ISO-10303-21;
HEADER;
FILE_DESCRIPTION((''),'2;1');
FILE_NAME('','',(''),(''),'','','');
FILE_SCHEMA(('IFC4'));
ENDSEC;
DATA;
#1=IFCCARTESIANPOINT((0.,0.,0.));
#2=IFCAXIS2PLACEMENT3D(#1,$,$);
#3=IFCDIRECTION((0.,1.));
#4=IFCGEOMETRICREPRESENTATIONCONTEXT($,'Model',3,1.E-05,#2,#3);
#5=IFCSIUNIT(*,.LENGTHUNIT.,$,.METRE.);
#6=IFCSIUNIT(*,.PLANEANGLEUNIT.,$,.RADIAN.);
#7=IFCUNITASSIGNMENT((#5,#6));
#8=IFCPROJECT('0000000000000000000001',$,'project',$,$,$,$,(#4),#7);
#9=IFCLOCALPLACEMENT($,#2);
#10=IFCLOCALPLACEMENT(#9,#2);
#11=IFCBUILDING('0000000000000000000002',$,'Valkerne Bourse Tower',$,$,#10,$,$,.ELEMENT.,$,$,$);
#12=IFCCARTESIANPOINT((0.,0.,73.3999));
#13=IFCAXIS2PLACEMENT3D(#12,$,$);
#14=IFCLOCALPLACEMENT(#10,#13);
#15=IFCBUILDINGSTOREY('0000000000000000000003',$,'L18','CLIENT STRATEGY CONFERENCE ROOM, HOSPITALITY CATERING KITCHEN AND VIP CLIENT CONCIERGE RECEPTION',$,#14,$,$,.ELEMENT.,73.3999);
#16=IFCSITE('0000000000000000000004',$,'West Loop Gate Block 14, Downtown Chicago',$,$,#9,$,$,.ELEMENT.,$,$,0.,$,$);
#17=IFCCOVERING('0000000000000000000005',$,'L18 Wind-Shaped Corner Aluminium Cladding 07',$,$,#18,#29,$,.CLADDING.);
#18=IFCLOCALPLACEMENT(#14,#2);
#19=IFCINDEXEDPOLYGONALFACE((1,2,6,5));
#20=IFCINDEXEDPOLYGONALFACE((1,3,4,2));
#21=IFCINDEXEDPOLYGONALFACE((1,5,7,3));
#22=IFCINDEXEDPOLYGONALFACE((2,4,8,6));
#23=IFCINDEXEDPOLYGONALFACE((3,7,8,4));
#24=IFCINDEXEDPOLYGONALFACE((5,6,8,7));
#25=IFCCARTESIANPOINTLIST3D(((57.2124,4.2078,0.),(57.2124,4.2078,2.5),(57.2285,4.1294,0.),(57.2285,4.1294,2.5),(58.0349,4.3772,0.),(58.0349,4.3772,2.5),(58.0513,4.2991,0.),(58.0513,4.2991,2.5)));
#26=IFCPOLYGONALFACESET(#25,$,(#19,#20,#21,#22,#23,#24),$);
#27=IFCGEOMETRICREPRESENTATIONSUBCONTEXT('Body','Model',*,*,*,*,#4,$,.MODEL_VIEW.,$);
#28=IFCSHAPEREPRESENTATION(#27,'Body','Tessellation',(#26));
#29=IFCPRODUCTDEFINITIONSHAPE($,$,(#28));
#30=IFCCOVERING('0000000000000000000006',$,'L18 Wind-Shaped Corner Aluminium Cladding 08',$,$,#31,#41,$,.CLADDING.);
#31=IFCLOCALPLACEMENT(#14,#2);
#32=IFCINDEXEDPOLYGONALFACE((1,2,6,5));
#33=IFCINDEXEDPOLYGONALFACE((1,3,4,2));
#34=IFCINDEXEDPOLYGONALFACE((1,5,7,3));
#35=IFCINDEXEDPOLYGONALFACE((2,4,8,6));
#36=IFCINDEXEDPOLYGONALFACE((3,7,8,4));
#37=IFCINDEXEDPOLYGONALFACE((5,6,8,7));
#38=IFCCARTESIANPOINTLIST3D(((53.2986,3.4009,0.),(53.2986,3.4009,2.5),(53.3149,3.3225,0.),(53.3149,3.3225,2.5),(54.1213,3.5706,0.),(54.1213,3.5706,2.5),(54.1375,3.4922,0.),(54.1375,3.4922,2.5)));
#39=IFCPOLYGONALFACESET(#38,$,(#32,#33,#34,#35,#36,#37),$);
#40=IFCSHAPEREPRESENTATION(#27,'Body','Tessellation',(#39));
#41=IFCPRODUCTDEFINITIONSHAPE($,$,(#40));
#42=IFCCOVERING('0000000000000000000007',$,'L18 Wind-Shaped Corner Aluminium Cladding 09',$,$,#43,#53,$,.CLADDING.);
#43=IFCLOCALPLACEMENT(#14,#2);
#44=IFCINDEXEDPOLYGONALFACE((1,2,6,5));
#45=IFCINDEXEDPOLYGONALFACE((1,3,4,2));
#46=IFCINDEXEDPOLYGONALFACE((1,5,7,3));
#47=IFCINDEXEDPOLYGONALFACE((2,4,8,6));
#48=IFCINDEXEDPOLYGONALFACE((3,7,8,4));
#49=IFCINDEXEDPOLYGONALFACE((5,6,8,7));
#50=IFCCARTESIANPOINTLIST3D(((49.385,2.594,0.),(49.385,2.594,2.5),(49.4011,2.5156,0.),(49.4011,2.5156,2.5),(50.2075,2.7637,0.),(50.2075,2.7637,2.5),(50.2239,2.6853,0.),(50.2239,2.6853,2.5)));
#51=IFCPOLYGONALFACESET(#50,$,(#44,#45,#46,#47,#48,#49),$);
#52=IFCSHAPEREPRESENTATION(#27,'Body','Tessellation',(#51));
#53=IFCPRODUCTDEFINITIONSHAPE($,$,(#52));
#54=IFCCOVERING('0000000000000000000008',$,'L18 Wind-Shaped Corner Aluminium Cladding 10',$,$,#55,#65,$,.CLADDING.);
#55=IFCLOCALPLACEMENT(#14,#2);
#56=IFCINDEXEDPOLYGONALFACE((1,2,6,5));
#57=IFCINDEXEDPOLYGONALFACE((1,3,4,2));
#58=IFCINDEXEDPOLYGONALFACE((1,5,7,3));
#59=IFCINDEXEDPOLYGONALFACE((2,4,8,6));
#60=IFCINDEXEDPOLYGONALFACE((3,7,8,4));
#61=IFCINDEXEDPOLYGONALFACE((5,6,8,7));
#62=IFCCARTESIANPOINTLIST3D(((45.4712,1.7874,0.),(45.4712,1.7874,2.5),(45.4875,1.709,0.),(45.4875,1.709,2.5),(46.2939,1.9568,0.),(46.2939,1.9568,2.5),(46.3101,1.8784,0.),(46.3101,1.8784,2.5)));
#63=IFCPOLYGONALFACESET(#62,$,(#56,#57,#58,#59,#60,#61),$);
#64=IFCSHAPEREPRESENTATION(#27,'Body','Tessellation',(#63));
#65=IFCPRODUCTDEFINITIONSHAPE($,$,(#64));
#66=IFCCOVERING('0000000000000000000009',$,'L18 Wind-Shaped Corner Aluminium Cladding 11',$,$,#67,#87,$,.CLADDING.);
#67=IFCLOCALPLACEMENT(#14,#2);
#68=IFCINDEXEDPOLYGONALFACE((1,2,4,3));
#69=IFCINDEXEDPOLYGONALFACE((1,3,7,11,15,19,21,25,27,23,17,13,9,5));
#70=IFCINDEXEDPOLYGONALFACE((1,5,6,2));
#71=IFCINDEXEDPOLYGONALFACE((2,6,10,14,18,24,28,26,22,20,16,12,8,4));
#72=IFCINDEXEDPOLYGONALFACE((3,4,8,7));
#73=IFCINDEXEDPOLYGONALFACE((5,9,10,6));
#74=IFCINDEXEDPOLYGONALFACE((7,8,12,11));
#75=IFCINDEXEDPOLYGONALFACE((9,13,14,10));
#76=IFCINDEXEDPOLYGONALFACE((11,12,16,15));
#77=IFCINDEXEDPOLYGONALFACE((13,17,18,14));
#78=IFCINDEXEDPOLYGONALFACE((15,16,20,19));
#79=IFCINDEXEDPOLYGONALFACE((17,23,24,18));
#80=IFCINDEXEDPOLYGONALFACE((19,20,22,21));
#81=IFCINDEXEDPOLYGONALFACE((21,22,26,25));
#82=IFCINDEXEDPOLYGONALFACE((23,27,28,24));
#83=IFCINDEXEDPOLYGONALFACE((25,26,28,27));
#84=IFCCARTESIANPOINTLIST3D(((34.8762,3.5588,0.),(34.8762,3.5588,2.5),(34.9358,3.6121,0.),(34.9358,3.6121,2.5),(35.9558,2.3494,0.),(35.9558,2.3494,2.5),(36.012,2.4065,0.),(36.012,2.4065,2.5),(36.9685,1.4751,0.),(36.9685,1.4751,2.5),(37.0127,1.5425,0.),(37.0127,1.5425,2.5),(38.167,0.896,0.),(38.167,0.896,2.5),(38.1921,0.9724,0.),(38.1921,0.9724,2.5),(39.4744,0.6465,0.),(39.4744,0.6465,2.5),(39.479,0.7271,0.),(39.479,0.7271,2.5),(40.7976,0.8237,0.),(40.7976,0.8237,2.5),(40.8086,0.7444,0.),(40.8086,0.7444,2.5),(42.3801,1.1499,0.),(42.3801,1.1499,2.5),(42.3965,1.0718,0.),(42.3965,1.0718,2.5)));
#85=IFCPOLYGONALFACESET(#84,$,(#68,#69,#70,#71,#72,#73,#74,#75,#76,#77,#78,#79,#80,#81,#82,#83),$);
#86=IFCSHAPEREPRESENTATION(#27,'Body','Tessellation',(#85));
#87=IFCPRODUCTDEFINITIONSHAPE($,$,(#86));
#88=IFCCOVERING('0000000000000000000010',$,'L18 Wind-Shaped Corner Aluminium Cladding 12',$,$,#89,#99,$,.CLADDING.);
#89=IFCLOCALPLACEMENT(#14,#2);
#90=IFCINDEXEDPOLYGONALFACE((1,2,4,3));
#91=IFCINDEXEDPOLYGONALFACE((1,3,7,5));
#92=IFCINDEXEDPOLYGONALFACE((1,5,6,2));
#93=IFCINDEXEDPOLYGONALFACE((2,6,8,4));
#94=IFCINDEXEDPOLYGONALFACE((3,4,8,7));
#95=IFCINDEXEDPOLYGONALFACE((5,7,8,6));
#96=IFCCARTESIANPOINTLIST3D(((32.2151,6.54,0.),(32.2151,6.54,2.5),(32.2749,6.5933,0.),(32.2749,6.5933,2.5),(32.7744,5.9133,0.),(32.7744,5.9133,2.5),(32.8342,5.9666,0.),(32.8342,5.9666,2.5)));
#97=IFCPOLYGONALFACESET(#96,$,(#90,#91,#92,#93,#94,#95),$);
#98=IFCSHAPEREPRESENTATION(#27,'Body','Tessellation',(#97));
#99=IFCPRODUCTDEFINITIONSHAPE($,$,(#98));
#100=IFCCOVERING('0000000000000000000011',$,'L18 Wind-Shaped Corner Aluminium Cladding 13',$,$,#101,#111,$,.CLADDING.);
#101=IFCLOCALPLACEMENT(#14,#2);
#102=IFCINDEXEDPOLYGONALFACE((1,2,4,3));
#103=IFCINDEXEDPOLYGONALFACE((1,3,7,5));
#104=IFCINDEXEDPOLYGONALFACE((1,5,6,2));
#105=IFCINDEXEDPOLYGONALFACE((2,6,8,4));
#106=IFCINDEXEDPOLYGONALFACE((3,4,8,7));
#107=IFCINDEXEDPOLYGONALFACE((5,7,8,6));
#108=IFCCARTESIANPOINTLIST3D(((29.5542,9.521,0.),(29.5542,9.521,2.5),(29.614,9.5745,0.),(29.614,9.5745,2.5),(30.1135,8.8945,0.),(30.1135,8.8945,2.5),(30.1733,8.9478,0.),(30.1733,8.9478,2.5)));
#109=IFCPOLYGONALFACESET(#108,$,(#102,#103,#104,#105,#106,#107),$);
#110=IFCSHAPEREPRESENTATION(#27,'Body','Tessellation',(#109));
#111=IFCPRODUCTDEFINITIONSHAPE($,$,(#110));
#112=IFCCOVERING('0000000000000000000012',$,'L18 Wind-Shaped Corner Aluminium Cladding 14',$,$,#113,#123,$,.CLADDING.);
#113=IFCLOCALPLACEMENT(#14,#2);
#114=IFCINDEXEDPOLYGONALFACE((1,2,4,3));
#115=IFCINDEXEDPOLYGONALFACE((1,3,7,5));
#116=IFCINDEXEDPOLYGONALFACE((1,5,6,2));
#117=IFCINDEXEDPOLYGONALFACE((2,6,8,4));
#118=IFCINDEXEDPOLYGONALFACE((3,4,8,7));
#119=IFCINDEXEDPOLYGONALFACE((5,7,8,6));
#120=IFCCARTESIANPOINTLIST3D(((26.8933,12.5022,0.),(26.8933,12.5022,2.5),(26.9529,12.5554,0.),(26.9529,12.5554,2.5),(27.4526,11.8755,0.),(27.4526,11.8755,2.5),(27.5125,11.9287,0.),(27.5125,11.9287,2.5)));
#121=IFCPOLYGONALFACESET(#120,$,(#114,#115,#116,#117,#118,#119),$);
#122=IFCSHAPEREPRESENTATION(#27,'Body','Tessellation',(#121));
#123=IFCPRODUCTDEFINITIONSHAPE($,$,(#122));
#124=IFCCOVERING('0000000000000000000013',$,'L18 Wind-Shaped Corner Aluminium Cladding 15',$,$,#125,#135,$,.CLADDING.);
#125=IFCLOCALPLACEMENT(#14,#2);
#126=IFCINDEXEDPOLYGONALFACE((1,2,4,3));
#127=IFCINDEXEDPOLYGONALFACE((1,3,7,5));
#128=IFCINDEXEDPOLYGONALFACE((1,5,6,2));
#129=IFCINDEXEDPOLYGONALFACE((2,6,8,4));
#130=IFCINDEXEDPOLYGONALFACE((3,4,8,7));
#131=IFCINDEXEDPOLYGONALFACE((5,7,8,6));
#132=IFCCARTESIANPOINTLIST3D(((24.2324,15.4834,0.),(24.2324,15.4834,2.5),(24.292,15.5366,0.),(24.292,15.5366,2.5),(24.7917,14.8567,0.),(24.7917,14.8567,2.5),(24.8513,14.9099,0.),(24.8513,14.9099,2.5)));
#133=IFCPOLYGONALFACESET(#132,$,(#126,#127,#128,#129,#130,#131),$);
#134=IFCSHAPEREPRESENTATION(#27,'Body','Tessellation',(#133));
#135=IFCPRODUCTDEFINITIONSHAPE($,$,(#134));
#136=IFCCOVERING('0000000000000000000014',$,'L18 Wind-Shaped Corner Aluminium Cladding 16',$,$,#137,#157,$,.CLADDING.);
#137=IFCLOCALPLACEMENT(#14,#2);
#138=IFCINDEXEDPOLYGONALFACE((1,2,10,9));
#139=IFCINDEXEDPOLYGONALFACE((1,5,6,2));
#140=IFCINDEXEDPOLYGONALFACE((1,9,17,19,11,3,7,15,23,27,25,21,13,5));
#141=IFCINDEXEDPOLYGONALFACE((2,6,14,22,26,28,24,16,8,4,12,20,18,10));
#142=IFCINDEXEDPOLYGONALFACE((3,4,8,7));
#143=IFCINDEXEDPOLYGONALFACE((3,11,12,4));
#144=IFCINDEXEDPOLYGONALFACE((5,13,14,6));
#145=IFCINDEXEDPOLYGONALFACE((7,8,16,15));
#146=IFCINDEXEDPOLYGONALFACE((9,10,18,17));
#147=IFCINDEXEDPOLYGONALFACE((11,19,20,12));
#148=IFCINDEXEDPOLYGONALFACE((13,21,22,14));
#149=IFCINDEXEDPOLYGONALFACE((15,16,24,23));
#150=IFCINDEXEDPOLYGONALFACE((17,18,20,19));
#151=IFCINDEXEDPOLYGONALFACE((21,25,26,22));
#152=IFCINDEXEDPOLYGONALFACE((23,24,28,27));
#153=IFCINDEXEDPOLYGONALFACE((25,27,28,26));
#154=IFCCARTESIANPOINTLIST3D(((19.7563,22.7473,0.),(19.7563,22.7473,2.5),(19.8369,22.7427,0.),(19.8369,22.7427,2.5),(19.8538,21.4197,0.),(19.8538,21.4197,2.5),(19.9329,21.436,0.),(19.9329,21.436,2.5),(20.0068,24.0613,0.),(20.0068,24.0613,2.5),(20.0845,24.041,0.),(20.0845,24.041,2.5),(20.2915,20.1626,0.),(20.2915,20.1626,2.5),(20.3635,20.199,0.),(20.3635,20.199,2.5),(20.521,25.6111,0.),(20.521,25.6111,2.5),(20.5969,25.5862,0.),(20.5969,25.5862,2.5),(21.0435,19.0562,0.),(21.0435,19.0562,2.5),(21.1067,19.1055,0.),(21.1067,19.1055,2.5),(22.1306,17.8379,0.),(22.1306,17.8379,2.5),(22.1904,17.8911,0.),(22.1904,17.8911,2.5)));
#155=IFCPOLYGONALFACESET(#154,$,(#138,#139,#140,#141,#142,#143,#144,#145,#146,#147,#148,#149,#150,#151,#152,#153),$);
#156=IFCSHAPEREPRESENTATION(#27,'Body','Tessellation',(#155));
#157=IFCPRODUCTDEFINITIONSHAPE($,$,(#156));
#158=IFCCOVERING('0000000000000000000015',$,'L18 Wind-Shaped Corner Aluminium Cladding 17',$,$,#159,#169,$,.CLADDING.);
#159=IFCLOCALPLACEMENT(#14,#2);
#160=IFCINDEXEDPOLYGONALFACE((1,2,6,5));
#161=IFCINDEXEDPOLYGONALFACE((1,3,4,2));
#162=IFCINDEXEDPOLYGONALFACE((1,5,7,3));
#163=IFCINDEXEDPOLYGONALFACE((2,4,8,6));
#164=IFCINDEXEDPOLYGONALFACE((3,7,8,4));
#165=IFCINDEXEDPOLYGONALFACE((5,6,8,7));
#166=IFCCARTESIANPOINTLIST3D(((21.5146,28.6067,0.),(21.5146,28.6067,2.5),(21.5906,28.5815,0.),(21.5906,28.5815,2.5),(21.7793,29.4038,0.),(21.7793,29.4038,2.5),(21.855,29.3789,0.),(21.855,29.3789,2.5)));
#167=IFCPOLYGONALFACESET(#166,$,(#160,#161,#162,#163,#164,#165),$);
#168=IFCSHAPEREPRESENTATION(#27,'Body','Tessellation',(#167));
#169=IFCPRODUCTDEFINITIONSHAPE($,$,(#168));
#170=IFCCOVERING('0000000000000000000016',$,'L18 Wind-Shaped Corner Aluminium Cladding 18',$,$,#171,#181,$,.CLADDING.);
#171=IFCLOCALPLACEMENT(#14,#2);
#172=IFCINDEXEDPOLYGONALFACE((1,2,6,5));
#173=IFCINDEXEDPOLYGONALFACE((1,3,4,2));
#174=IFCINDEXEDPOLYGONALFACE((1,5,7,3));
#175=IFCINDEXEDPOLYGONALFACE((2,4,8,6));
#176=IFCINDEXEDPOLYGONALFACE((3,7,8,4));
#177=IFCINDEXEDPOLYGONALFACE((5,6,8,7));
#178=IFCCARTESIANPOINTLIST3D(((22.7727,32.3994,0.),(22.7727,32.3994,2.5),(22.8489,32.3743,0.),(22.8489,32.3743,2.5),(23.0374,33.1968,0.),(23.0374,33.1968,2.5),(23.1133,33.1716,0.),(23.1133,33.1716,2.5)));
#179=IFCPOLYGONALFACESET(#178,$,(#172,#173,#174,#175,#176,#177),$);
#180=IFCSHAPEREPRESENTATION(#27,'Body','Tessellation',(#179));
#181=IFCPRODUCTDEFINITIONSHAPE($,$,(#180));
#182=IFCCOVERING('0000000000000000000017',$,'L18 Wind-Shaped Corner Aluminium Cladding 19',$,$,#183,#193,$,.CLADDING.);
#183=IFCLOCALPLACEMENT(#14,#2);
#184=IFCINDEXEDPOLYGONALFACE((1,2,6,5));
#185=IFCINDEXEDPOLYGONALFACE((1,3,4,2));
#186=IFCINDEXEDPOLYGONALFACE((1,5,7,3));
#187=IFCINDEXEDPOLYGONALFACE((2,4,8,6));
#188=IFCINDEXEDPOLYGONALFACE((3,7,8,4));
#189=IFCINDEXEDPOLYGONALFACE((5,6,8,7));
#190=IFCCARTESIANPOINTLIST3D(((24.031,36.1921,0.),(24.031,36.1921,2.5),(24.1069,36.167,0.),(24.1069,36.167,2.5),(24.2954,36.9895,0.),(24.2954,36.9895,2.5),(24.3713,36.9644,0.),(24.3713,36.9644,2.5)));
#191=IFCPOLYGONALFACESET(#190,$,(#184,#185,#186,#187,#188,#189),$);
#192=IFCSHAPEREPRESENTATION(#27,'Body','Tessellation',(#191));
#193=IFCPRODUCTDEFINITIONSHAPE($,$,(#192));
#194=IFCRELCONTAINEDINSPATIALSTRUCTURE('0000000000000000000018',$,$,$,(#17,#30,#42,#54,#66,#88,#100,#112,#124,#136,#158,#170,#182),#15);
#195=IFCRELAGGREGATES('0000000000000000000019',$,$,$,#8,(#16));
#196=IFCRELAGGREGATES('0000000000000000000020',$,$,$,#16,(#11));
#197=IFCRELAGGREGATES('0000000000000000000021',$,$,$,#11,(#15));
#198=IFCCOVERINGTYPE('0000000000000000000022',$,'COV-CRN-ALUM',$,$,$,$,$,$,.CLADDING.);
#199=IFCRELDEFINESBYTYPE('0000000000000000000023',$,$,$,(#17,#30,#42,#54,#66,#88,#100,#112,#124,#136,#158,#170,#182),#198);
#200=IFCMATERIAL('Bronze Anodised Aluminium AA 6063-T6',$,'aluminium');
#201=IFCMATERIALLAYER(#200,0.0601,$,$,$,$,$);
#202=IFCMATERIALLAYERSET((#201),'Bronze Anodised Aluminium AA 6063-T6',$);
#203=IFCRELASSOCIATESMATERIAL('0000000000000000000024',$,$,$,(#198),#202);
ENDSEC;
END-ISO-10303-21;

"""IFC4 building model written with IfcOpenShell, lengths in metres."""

from ifc_helpers import new_model, si_unit, direction, frame, origin, place, context, subcontext, project, spatial, polyline, outline, extrude, material, layer, layer_set, type_object, element, save


model = new_model("IFC4")

# Units and contexts
model_context = context("Model", 3, precision=1e-05, world=origin(), true_north=direction((0.0, 1.0)))
body_context = subcontext(model_context, "Body", "Model", "MODEL_VIEW")
ifc_project = project(units=[si_unit("LENGTHUNIT", "METRE"), si_unit("PLANEANGLEUNIT", "RADIAN")], contexts=[model_context])

# Site, building, storey
site_placement = place(None, origin())
site = spatial("IfcSite", under=ifc_project, at=site_placement, Name="West Loop Gate Block 14, Downtown Chicago", CompositionType="ELEMENT", RefElevation=0.0)
building_placement = place(site_placement, origin())
building = spatial("IfcBuilding", under=site, at=building_placement, Name="Valkerne Bourse Tower", CompositionType="ELEMENT")
storey_placement = place(building_placement, frame((0.0, 0.0, 73.3999)))
storey = spatial("IfcBuildingStorey", under=building, at=storey_placement, Name="L18", Description="CLIENT STRATEGY CONFERENCE ROOM, HOSPITALITY CATERING KITCHEN AND VIP CLIENT CONCIERGE RECEPTION", CompositionType="ELEMENT", Elevation=73.3999)

# Coverings
ifc_material_1 = material(Name="Bronze Anodised Aluminium AA 6063-T6", Category="aluminium")
ifc_layer_1 = layer(ifc_material_1, 0.0601)
ifc_layer_set_1 = layer_set([ifc_layer_1], Name="Bronze Anodised Aluminium AA 6063-T6")
covering_type = type_object("IfcCoveringType", Name="COV-CRN-ALUM", PredefinedType="CLADDING", material=ifc_layer_set_1)
covering_1_placement = place(storey_placement, origin())
element("IfcCovering", 1, at=covering_1_placement, inside=storey, type_object=covering_type, Name="L18 Wind-Shaped Corner Aluminium Cladding 07", PredefinedType="CLADDING", context=body_context, shape_type="SweptSolid", body=[
    extrude(outline(polyline([(57.2285, 4.1294), (57.2124, 4.2078), (58.0349, 4.3772), (58.0513, 4.2991), (57.2285, 4.1294)])), origin(), (0.0, 0.0, 1.0), 2.5),
])
covering_2_placement = place(storey_placement, origin())
element("IfcCovering", 2, at=covering_2_placement, inside=storey, type_object=covering_type, Name="L18 Wind-Shaped Corner Aluminium Cladding 08", PredefinedType="CLADDING", context=body_context, shape_type="SweptSolid", body=[
    extrude(outline(polyline([(53.3149, 3.3225), (53.2986, 3.4009), (54.1213, 3.5706), (54.1375, 3.4922), (53.3149, 3.3225)])), origin(), (0.0, 0.0, 1.0), 2.5),
])
covering_3_placement = place(storey_placement, origin())
element("IfcCovering", 3, at=covering_3_placement, inside=storey, type_object=covering_type, Name="L18 Wind-Shaped Corner Aluminium Cladding 09", PredefinedType="CLADDING", context=body_context, shape_type="SweptSolid", body=[
    extrude(outline(polyline([(49.4011, 2.5156), (49.385, 2.594), (50.2075, 2.7637), (50.2239, 2.6853), (49.4011, 2.5156)])), origin(), (0.0, 0.0, 1.0), 2.5),
])
covering_4_placement = place(storey_placement, origin())
element("IfcCovering", 4, at=covering_4_placement, inside=storey, type_object=covering_type, Name="L18 Wind-Shaped Corner Aluminium Cladding 10", PredefinedType="CLADDING", context=body_context, shape_type="SweptSolid", body=[
    extrude(outline(polyline([(45.4875, 1.709), (45.4712, 1.7874), (46.2939, 1.9568), (46.3101, 1.8784), (45.4875, 1.709)])), origin(), (0.0, 0.0, 1.0), 2.5),
])
covering_5_placement = place(storey_placement, origin())
element("IfcCovering", 5, at=covering_5_placement, inside=storey, type_object=covering_type, Name="L18 Wind-Shaped Corner Aluminium Cladding 11", PredefinedType="CLADDING", context=body_context, shape_type="SweptSolid", body=[
    extrude(outline(polyline([(40.8086, 0.7444), (39.4744, 0.6465), (38.167, 0.896), (36.9685, 1.4751), (35.9558, 2.3494), (34.8762, 3.5588), (34.9358, 3.6121), (36.012, 2.4065), (37.0127, 1.5425), (38.1921, 0.9724), (39.479, 0.7271), (40.7976, 0.8237), (42.3801, 1.1499), (42.3965, 1.0718), (40.8086, 0.7444)])), origin(), (0.0, 0.0, 1.0), 2.5),
])
covering_6_placement = place(storey_placement, origin())
element("IfcCovering", 6, at=covering_6_placement, inside=storey, type_object=covering_type, Name="L18 Wind-Shaped Corner Aluminium Cladding 12", PredefinedType="CLADDING", context=body_context, shape_type="SweptSolid", body=[
    extrude(outline(polyline([(32.2151, 6.54), (32.2749, 6.5933), (32.8342, 5.9666), (32.7744, 5.9133), (32.2151, 6.54)])), origin(), (0.0, 0.0, 1.0), 2.5),
])
covering_7_placement = place(storey_placement, origin())
element("IfcCovering", 7, at=covering_7_placement, inside=storey, type_object=covering_type, Name="L18 Wind-Shaped Corner Aluminium Cladding 13", PredefinedType="CLADDING", context=body_context, shape_type="SweptSolid", body=[
    extrude(outline(polyline([(29.5542, 9.521), (29.614, 9.5745), (30.1733, 8.9478), (30.1135, 8.8945), (29.5542, 9.521)])), origin(), (0.0, 0.0, 1.0), 2.5),
])
covering_8_placement = place(storey_placement, origin())
element("IfcCovering", 8, at=covering_8_placement, inside=storey, type_object=covering_type, Name="L18 Wind-Shaped Corner Aluminium Cladding 14", PredefinedType="CLADDING", context=body_context, shape_type="SweptSolid", body=[
    extrude(outline(polyline([(26.8933, 12.5022), (26.9529, 12.5554), (27.5125, 11.9287), (27.4526, 11.8755), (26.8933, 12.5022)])), origin(), (0.0, 0.0, 1.0), 2.5),
])
covering_9_placement = place(storey_placement, origin())
element("IfcCovering", 9, at=covering_9_placement, inside=storey, type_object=covering_type, Name="L18 Wind-Shaped Corner Aluminium Cladding 15", PredefinedType="CLADDING", context=body_context, shape_type="SweptSolid", body=[
    extrude(outline(polyline([(24.2324, 15.4834), (24.292, 15.5366), (24.8513, 14.9099), (24.7917, 14.8567), (24.2324, 15.4834)])), origin(), (0.0, 0.0, 1.0), 2.5),
])
covering_10_placement = place(storey_placement, origin())
element("IfcCovering", 10, at=covering_10_placement, inside=storey, type_object=covering_type, Name="L18 Wind-Shaped Corner Aluminium Cladding 16", PredefinedType="CLADDING", context=body_context, shape_type="SweptSolid", body=[
    extrude(outline(polyline([(21.0435, 19.0562), (20.2915, 20.1626), (19.8538, 21.4197), (19.7563, 22.7473), (20.0068, 24.0613), (20.521, 25.6111), (20.5969, 25.5862), (20.0845, 24.041), (19.8369, 22.7427), (19.9329, 21.436), (20.3635, 20.199), (21.1067, 19.1055), (22.1904, 17.8911), (22.1306, 17.8379), (21.0435, 19.0562)])), origin(), (0.0, 0.0, 1.0), 2.5),
])
covering_11_placement = place(storey_placement, origin())
element("IfcCovering", 11, at=covering_11_placement, inside=storey, type_object=covering_type, Name="L18 Wind-Shaped Corner Aluminium Cladding 17", PredefinedType="CLADDING", context=body_context, shape_type="SweptSolid", body=[
    extrude(outline(polyline([(21.7793, 29.4038), (21.855, 29.3789), (21.5906, 28.5815), (21.5146, 28.6067), (21.7793, 29.4038)])), origin(), (0.0, 0.0, 1.0), 2.5),
])
covering_12_placement = place(storey_placement, origin())
element("IfcCovering", 12, at=covering_12_placement, inside=storey, type_object=covering_type, Name="L18 Wind-Shaped Corner Aluminium Cladding 18", PredefinedType="CLADDING", context=body_context, shape_type="SweptSolid", body=[
    extrude(outline(polyline([(23.0374, 33.1968), (23.1133, 33.1716), (22.8489, 32.3743), (22.7727, 32.3994), (23.0374, 33.1968)])), origin(), (0.0, 0.0, 1.0), 2.5),
])
covering_13_placement = place(storey_placement, origin())
element("IfcCovering", 13, at=covering_13_placement, inside=storey, type_object=covering_type, Name="L18 Wind-Shaped Corner Aluminium Cladding 19", PredefinedType="CLADDING", context=body_context, shape_type="SweptSolid", body=[
    extrude(outline(polyline([(24.2954, 36.9895), (24.3713, 36.9644), (24.1069, 36.167), (24.031, 36.1921), (24.2954, 36.9895)])), origin(), (0.0, 0.0, 1.0), 2.5),
])

save(model, "model.ifc")
